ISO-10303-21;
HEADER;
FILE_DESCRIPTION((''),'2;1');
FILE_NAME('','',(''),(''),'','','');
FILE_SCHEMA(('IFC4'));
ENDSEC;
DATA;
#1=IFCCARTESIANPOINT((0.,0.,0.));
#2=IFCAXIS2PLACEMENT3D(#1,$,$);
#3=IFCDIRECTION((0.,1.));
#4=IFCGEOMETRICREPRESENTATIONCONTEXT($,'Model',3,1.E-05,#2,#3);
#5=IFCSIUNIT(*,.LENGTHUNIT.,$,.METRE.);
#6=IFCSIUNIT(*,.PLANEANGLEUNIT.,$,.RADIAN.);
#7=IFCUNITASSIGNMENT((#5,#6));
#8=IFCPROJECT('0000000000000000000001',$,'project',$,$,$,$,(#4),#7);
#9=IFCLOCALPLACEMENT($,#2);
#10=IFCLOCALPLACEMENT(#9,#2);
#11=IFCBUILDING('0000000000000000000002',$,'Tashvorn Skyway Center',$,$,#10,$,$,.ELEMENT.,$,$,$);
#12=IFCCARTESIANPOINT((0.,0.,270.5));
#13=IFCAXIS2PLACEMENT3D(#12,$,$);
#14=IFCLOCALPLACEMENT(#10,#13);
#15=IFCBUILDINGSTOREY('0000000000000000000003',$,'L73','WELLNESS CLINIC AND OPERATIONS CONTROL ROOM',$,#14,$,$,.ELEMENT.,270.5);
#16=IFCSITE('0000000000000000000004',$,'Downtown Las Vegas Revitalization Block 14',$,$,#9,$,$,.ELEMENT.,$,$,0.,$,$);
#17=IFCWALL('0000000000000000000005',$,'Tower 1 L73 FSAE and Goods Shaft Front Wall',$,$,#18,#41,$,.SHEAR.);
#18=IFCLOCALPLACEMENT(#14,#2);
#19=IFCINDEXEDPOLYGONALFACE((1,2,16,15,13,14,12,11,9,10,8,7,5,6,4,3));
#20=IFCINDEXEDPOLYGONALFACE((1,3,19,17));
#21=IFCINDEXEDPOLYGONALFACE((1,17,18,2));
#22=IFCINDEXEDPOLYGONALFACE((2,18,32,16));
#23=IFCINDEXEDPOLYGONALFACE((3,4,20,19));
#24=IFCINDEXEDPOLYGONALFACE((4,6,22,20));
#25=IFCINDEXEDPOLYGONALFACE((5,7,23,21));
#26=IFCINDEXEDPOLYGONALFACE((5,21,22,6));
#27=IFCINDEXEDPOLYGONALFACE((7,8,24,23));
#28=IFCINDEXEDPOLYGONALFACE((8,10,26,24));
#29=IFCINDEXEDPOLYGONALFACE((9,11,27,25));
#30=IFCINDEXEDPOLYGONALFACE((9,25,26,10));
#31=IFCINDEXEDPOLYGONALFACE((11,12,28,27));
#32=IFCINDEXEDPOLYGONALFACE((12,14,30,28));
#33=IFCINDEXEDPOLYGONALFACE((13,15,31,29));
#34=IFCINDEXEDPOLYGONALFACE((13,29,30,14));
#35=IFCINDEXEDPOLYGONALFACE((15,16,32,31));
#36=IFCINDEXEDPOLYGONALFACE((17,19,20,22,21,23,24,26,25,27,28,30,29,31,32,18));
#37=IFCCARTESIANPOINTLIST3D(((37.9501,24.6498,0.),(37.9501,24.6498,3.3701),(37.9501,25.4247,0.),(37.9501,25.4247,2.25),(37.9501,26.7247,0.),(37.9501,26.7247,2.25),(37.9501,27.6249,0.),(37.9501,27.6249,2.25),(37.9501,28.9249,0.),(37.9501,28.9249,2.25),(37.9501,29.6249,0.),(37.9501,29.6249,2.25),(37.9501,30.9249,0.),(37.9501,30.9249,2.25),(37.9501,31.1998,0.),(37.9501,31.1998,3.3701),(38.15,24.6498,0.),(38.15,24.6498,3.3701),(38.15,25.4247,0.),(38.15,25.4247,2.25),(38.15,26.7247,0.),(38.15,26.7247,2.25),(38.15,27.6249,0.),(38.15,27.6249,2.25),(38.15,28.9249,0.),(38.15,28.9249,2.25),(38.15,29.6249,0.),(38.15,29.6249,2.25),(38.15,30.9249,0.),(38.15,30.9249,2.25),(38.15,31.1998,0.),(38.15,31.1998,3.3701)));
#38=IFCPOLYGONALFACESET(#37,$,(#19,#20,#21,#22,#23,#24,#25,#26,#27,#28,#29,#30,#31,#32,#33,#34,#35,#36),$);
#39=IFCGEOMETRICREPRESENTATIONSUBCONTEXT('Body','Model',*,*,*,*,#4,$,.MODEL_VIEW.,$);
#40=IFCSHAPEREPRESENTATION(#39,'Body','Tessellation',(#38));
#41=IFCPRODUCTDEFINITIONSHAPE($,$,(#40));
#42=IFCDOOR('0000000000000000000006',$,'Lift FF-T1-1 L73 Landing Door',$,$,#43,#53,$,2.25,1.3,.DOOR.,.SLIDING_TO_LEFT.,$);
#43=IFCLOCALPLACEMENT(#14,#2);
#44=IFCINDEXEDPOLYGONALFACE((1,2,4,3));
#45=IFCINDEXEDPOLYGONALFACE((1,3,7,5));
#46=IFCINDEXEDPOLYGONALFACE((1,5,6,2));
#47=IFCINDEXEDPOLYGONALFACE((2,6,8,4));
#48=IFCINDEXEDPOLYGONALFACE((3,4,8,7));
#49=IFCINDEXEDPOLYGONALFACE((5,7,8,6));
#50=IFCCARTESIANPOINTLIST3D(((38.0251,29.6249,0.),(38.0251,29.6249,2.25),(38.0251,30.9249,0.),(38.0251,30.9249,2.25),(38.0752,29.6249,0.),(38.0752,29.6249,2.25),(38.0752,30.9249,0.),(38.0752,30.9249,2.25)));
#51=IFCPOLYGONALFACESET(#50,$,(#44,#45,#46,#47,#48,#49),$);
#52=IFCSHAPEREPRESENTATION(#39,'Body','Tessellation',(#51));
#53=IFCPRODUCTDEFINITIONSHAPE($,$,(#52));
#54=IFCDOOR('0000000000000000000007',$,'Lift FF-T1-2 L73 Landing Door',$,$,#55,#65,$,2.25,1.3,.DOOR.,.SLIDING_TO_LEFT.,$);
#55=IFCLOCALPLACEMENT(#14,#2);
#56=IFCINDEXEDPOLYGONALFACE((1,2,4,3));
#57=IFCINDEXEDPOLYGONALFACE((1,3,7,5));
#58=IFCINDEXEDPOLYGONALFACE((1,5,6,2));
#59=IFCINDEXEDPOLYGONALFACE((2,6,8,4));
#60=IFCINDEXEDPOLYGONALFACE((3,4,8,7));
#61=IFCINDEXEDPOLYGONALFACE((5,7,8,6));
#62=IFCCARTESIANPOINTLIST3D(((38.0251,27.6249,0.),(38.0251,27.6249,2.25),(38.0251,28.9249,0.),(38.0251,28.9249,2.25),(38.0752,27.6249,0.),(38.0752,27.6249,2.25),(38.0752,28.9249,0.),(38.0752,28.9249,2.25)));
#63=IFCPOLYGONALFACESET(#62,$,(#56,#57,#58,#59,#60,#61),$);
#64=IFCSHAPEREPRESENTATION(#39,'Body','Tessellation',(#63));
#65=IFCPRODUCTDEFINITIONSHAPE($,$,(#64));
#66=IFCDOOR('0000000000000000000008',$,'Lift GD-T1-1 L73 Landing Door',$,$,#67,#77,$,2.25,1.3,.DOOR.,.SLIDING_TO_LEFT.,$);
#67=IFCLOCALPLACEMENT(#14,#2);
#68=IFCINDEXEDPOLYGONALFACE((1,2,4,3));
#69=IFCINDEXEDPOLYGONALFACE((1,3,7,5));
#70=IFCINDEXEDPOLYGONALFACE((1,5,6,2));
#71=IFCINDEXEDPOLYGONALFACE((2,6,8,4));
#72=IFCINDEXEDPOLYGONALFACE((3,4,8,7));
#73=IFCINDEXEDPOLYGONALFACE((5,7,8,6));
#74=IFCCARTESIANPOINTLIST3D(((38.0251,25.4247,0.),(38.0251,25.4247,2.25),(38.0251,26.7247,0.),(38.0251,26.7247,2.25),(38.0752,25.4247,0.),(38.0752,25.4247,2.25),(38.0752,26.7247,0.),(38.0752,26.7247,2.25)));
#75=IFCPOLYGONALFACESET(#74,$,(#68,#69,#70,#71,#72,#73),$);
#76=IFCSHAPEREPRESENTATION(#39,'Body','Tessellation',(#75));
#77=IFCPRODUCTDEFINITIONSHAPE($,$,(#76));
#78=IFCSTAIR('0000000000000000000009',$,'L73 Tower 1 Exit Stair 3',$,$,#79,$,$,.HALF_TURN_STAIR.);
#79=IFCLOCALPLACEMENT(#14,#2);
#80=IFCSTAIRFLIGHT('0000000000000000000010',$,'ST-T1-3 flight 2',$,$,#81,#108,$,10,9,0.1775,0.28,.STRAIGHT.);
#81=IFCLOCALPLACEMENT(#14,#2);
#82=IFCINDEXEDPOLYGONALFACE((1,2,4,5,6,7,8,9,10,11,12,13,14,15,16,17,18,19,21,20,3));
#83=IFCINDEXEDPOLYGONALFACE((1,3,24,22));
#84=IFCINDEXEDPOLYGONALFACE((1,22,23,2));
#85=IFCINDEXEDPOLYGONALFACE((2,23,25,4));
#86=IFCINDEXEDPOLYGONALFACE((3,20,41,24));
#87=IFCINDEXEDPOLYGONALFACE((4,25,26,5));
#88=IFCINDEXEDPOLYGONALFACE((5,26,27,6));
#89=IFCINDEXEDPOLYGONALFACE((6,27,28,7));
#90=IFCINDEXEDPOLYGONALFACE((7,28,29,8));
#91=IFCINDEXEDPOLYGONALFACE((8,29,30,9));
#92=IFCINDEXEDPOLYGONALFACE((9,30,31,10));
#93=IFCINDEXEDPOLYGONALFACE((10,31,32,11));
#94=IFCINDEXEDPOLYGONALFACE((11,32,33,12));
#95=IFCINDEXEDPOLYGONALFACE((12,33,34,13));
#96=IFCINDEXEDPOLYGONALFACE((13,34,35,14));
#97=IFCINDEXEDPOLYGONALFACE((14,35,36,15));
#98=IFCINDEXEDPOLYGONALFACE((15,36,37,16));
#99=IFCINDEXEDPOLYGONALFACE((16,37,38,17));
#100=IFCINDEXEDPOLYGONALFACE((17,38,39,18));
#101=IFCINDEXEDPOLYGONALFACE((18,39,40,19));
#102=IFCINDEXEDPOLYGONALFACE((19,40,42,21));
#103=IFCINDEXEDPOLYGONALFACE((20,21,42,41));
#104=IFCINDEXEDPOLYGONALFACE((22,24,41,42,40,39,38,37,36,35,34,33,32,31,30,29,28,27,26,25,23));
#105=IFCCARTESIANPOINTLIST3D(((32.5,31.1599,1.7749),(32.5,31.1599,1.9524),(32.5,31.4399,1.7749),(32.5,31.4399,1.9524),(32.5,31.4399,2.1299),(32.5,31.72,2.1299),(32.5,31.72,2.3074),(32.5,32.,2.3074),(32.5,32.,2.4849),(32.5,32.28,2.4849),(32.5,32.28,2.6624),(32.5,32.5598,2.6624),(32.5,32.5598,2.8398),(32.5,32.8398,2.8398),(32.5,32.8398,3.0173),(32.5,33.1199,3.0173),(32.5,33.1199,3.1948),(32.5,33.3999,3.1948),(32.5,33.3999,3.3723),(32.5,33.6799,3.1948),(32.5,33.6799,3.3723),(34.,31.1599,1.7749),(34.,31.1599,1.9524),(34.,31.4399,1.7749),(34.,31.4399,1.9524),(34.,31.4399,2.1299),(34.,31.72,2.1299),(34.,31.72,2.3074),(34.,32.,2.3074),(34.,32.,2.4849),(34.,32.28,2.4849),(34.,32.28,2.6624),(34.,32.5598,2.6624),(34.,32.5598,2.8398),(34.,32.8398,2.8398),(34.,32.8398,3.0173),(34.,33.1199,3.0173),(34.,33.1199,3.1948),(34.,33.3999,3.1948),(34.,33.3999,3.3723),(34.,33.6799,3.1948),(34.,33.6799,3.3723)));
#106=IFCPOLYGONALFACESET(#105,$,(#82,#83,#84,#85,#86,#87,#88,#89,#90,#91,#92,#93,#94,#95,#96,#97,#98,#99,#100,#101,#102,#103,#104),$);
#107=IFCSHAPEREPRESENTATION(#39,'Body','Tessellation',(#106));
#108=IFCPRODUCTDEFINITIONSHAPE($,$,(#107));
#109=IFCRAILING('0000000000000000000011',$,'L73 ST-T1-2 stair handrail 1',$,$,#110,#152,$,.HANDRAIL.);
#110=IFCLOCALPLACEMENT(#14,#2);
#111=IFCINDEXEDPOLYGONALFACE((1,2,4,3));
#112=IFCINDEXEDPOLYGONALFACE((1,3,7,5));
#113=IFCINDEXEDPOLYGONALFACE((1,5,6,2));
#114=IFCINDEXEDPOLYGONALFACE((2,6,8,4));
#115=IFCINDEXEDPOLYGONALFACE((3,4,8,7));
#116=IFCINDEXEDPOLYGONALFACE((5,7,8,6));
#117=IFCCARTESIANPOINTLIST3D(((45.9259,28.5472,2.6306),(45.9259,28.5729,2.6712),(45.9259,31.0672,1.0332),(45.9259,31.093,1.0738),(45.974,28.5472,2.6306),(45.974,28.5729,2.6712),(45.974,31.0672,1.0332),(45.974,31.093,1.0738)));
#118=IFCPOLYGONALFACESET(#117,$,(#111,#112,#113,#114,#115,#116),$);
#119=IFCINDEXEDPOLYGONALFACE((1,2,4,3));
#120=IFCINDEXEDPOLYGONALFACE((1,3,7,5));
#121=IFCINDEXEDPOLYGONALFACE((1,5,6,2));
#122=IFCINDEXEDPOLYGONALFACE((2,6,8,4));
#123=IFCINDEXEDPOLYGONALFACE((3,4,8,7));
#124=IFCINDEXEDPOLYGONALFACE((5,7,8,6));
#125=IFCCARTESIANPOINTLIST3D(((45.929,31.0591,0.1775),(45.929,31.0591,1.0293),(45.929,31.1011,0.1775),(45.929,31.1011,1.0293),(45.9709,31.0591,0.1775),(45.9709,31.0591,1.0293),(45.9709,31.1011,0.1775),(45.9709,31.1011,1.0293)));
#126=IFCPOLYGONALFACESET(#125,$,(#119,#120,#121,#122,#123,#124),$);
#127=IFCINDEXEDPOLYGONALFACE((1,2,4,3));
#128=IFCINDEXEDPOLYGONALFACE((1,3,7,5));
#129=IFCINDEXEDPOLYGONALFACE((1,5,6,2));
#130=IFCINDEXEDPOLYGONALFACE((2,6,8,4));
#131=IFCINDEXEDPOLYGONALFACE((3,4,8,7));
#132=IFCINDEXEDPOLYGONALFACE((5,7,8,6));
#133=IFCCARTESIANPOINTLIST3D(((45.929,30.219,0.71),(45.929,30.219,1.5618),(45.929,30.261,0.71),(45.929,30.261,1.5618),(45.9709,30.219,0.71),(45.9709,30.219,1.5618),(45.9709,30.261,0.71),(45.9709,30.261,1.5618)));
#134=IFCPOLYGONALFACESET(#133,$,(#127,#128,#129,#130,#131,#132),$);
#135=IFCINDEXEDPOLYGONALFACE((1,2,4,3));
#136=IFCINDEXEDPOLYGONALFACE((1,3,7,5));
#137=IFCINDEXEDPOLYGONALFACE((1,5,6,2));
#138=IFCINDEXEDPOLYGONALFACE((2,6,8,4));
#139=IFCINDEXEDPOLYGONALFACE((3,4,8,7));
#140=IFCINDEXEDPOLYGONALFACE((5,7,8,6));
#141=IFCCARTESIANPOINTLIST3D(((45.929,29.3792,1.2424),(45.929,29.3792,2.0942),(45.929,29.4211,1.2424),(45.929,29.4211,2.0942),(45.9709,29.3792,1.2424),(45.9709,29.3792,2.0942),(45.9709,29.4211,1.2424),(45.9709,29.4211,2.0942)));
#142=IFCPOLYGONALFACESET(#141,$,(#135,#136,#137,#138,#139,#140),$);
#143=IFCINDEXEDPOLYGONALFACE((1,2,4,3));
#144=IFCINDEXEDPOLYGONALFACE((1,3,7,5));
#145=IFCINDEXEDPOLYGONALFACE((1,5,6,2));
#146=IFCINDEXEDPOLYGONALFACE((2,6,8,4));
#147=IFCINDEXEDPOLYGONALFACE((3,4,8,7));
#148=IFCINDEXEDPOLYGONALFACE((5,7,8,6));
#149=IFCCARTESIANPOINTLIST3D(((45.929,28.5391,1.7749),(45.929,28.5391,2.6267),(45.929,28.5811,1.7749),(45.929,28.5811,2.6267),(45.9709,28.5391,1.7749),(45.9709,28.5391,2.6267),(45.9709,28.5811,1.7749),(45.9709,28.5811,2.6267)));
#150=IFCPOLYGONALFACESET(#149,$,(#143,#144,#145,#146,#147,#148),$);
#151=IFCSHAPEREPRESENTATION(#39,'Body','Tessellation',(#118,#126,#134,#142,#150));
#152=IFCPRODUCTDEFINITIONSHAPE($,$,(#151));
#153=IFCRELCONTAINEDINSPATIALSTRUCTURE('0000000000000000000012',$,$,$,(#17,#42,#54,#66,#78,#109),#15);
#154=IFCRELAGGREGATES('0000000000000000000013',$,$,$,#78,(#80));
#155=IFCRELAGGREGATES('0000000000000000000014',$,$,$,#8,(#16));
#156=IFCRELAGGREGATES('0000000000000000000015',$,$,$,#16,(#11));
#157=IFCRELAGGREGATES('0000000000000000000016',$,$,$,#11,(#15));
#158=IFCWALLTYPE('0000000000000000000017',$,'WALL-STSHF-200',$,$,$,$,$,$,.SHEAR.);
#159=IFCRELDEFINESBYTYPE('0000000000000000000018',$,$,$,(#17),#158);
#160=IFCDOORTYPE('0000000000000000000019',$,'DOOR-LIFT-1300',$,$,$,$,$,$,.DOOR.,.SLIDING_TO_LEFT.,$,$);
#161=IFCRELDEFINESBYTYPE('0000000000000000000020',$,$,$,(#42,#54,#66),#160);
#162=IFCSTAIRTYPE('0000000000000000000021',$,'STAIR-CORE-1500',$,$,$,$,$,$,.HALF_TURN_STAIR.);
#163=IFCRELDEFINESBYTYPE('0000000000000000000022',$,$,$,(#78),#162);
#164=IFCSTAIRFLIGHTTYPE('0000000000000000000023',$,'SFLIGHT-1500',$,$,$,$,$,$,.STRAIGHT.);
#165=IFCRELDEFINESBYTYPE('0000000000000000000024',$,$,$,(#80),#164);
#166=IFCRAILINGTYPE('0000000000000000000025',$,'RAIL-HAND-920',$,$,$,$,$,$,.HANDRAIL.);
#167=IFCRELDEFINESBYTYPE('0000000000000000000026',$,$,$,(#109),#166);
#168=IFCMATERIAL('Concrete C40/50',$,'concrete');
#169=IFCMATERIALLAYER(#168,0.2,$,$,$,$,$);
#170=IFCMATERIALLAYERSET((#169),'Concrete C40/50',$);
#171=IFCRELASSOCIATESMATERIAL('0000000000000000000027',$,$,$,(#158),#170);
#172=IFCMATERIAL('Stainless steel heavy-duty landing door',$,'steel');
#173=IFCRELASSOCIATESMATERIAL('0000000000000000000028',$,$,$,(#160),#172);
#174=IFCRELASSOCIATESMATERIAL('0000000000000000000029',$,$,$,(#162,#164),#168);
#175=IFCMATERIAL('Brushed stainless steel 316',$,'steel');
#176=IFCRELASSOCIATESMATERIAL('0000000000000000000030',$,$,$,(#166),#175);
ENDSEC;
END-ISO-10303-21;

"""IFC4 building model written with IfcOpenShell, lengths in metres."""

from ifc_helpers import new_model, si_unit, direction, frame, frame_2d, origin, origin_2d, place, context, subcontext, project, spatial, polyline, rectangle, outline, extrude, material, layer, layer_set, type_object, element, fill, aggregate, save


model = new_model("IFC4")

# Units and contexts
model_context = context("Model", 3, precision=1e-05, world=origin(), true_north=direction((0.0, 1.0)))
body_context = subcontext(model_context, "Body", "Model", "MODEL_VIEW")
ifc_project = project(units=[si_unit("LENGTHUNIT", "METRE"), si_unit("PLANEANGLEUNIT", "RADIAN")], contexts=[model_context])

# Site, building, storey
site_placement = place(None, origin())
site = spatial("IfcSite", under=ifc_project, at=site_placement, Name="Downtown Las Vegas Revitalization Block 14", CompositionType="ELEMENT", RefElevation=0.0)
building_placement = place(site_placement, origin())
building = spatial("IfcBuilding", under=site, at=building_placement, Name="Tashvorn Skyway Center", CompositionType="ELEMENT")
storey_placement = place(building_placement, frame((0.0, 0.0, 270.5)))
storey = spatial("IfcBuildingStorey", under=building, at=storey_placement, Name="L73", Description="WELLNESS CLINIC AND OPERATIONS CONTROL ROOM", CompositionType="ELEMENT", Elevation=270.5)

# Shared definitions
ifc_material_1 = material(Name="Concrete C40/50", Category="concrete")

# Shared definitions
ifc_layer_1 = layer(ifc_material_1, 0.2)
ifc_layer_set_1 = layer_set([ifc_layer_1], Name="Concrete C40/50")
wall_type_1 = type_object("IfcWallType", Name="WALL-STSHF-200", PredefinedType="SHEAR", material=ifc_layer_set_1)

# Wall, openings, doors
wall_1_placement = place(storey_placement, frame((38.05, 24.6499, 0.0), z_axis=(0.0, 0.0, 1.0), x_axis=(0.0, 1.0, 0.0)))
wall_1 = element("IfcWall", 1, at=wall_1_placement, inside=storey, type_object=wall_type_1, Name="Tower 1 L73 FSAE and Goods Shaft Front Wall", PredefinedType="SHEAR", context=body_context, shape_type="SweptSolid", body=[
    extrude(rectangle(XDim=6.55, YDim=0.2, at=frame_2d((3.2749, 0.0))), origin(), (0.0, 0.0, 1.0), 3.3701),
])
opening_1_placement = place(wall_1_placement, frame((4.9751, 0.0, 0.0)))
opening_1 = element("IfcOpeningElement", 2, at=opening_1_placement, cuts=wall_1, PredefinedType="OPENING", context=body_context, shape_type="SweptSolid", body=[
    extrude(rectangle(XDim=1.3, YDim=2.25, at=frame_2d((0.6499, 1.125))), frame((0.0, 0.1099, 0.0), z_axis=(0.0, -1.0, 0.0), x_axis=(1.0, 0.0, 0.0)), (0.0, 0.0, 1.0), 0.22),
])
opening_2_placement = place(wall_1_placement, frame((2.9751, 0.0, 0.0)))
opening_2 = element("IfcOpeningElement", 3, at=opening_2_placement, cuts=wall_1, PredefinedType="OPENING", context=body_context, shape_type="SweptSolid", body=[
    extrude(rectangle(XDim=1.3, YDim=2.25, at=frame_2d((0.6499, 1.125))), frame((0.0, 0.1099, 0.0), z_axis=(0.0, -1.0, 0.0), x_axis=(1.0, 0.0, 0.0)), (0.0, 0.0, 1.0), 0.22),
])
opening_3_placement = place(wall_1_placement, frame((0.7749, 0.0, 0.0)))
opening_3 = element("IfcOpeningElement", 4, at=opening_3_placement, cuts=wall_1, PredefinedType="OPENING", context=body_context, shape_type="SweptSolid", body=[
    extrude(rectangle(XDim=1.3, YDim=2.25, at=frame_2d((0.6499, 1.125))), frame((0.0, 0.1099, 0.0), z_axis=(0.0, -1.0, 0.0), x_axis=(1.0, 0.0, 0.0)), (0.0, 0.0, 1.0), 0.22),
])
ifc_material_2 = material(Name="Stainless steel heavy-duty landing door", Category="steel")
door_type_1 = type_object("IfcDoorType", Name="DOOR-LIFT-1300", OperationType="SLIDING_TO_LEFT", PredefinedType="DOOR", material=ifc_material_2)
door_1_placement = place(opening_1_placement, origin())
door_1 = element("IfcDoor", 5, at=door_1_placement, inside=storey, type_object=door_type_1, Name="Lift FF-T1-1 L73 Landing Door", OperationType="SLIDING_TO_LEFT", OverallHeight=2.25, OverallWidth=1.3, PredefinedType="DOOR", context=body_context, shape_type="SweptSolid", body=[
    extrude(rectangle(XDim=1.3, YDim=2.25, at=frame_2d((0.6499, 1.125))), frame((0.0, 0.0249, 0.0), z_axis=(0.0, -1.0, 0.0), x_axis=(1.0, 0.0, 0.0)), (0.0, 0.0, 1.0), 0.05),
])
fill(opening_1, door_1)
door_2_placement = place(opening_2_placement, origin())
door_2 = element("IfcDoor", 6, at=door_2_placement, inside=storey, type_object=door_type_1, Name="Lift FF-T1-2 L73 Landing Door", OperationType="SLIDING_TO_LEFT", OverallHeight=2.25, OverallWidth=1.3, PredefinedType="DOOR", context=body_context, shape_type="SweptSolid", body=[
    extrude(rectangle(XDim=1.3, YDim=2.25, at=frame_2d((0.6499, 1.125))), frame((0.0, 0.0249, 0.0), z_axis=(0.0, -1.0, 0.0), x_axis=(1.0, 0.0, 0.0)), (0.0, 0.0, 1.0), 0.05),
])
fill(opening_2, door_2)
door_3_placement = place(opening_3_placement, origin())
door_3 = element("IfcDoor", 7, at=door_3_placement, inside=storey, type_object=door_type_1, Name="Lift GD-T1-1 L73 Landing Door", OperationType="SLIDING_TO_LEFT", OverallHeight=2.25, OverallWidth=1.3, PredefinedType="DOOR", context=body_context, shape_type="SweptSolid", body=[
    extrude(rectangle(XDim=1.3, YDim=2.25, at=frame_2d((0.6499, 1.125))), frame((0.0, 0.0249, 0.0), z_axis=(0.0, -1.0, 0.0), x_axis=(1.0, 0.0, 0.0)), (0.0, 0.0, 1.0), 0.05),
])
fill(opening_3, door_3)

# Stair, stair flight
stair_type = type_object("IfcStairType", Name="STAIR-CORE-1500", PredefinedType="HALF_TURN_STAIR", material=ifc_material_1)
stair_placement = place(storey_placement, origin())
stair = element("IfcStair", 8, at=stair_placement, inside=storey, type_object=stair_type, Name="L73 Tower 1 Exit Stair 3", PredefinedType="HALF_TURN_STAIR")
stair_flight_type = type_object("IfcStairFlightType", Name="SFLIGHT-1500", PredefinedType="STRAIGHT", material=ifc_material_1)
stair_flight_placement = place(storey_placement, frame((33.25, 31.1599, 1.7749), z_axis=(0.0, 0.0, 1.0), x_axis=(0.0, 1.0, 0.0)))
stair_flight = element("IfcStairFlight", 9, at=stair_flight_placement, type_object=stair_flight_type, Name="ST-T1-3 flight 2", NumberOfRisers=10, NumberOfTreads=9, PredefinedType="STRAIGHT", RiserHeight=0.1775, TreadLength=0.28, context=body_context, shape_type="SweptSolid", body=[
    extrude(outline(polyline([(0.0, 0.0), (0.0, 0.1775), (0.28, 0.1775), (0.28, 0.355), (0.5601, 0.355), (0.5601, 0.5325), (0.8401, 0.5325), (0.8401, 0.71), (1.1201, 0.71), (1.1201, 0.8875), (1.3999, 0.8875), (1.3999, 1.0649), (1.6799, 1.0649), (1.6799, 1.2424), (1.96, 1.2424), (1.96, 1.4199), (2.24, 1.4199), (2.24, 1.5974), (2.52, 1.5974), (2.52, 1.7749), (2.52, 1.4199), (0.28, 0.0), (0.0, 0.0)])), frame((0.0, 0.75, 0.0), z_axis=(0.0, -1.0, 0.0), x_axis=(1.0, 0.0, 0.0)), (0.0, 0.0, 1.0), 1.5),
])
aggregate(stair, [stair_flight])

# Railing
ifc_material_3 = material(Name="Brushed stainless steel 316", Category="steel")
railing_type_1 = type_object("IfcRailingType", Name="RAIL-HAND-920", PredefinedType="HANDRAIL", material=ifc_material_3)
railing_1_placement = place(storey_placement, frame((45.95, 31.0801, 0.1775)))
element("IfcRailing", 10, at=railing_1_placement, inside=storey, type_object=railing_type_1, Name="L73 ST-T1-2 stair handrail 1", PredefinedType="HANDRAIL", context=body_context, shape_type="SweptSolid", body=[
    extrude(rectangle(XDim=0.0481, YDim=0.0481, at=origin_2d()), frame((0.0, 0.0, 0.876), z_axis=(0.0, -0.844607, 0.535387), x_axis=(1.0, 0.0, 0.0)), (0.0, 0.0, 1.0), 2.9836),
    extrude(rectangle(XDim=0.042, YDim=0.042, at=origin_2d()), origin(), (0.0, 0.0, 1.0), 0.8518),
    extrude(rectangle(XDim=0.042, YDim=0.042, at=origin_2d()), frame((0.0, -0.8401, 0.5325)), (0.0, 0.0, 1.0), 0.8518),
    extrude(rectangle(XDim=0.042, YDim=0.042, at=origin_2d()), frame((0.0, -1.6799, 1.0649)), (0.0, 0.0, 1.0), 0.8518),
    extrude(rectangle(XDim=0.042, YDim=0.042, at=origin_2d()), frame((0.0, -2.52, 1.5974)), (0.0, 0.0, 1.0), 0.8518),
])

save(model, "model.ifc")
